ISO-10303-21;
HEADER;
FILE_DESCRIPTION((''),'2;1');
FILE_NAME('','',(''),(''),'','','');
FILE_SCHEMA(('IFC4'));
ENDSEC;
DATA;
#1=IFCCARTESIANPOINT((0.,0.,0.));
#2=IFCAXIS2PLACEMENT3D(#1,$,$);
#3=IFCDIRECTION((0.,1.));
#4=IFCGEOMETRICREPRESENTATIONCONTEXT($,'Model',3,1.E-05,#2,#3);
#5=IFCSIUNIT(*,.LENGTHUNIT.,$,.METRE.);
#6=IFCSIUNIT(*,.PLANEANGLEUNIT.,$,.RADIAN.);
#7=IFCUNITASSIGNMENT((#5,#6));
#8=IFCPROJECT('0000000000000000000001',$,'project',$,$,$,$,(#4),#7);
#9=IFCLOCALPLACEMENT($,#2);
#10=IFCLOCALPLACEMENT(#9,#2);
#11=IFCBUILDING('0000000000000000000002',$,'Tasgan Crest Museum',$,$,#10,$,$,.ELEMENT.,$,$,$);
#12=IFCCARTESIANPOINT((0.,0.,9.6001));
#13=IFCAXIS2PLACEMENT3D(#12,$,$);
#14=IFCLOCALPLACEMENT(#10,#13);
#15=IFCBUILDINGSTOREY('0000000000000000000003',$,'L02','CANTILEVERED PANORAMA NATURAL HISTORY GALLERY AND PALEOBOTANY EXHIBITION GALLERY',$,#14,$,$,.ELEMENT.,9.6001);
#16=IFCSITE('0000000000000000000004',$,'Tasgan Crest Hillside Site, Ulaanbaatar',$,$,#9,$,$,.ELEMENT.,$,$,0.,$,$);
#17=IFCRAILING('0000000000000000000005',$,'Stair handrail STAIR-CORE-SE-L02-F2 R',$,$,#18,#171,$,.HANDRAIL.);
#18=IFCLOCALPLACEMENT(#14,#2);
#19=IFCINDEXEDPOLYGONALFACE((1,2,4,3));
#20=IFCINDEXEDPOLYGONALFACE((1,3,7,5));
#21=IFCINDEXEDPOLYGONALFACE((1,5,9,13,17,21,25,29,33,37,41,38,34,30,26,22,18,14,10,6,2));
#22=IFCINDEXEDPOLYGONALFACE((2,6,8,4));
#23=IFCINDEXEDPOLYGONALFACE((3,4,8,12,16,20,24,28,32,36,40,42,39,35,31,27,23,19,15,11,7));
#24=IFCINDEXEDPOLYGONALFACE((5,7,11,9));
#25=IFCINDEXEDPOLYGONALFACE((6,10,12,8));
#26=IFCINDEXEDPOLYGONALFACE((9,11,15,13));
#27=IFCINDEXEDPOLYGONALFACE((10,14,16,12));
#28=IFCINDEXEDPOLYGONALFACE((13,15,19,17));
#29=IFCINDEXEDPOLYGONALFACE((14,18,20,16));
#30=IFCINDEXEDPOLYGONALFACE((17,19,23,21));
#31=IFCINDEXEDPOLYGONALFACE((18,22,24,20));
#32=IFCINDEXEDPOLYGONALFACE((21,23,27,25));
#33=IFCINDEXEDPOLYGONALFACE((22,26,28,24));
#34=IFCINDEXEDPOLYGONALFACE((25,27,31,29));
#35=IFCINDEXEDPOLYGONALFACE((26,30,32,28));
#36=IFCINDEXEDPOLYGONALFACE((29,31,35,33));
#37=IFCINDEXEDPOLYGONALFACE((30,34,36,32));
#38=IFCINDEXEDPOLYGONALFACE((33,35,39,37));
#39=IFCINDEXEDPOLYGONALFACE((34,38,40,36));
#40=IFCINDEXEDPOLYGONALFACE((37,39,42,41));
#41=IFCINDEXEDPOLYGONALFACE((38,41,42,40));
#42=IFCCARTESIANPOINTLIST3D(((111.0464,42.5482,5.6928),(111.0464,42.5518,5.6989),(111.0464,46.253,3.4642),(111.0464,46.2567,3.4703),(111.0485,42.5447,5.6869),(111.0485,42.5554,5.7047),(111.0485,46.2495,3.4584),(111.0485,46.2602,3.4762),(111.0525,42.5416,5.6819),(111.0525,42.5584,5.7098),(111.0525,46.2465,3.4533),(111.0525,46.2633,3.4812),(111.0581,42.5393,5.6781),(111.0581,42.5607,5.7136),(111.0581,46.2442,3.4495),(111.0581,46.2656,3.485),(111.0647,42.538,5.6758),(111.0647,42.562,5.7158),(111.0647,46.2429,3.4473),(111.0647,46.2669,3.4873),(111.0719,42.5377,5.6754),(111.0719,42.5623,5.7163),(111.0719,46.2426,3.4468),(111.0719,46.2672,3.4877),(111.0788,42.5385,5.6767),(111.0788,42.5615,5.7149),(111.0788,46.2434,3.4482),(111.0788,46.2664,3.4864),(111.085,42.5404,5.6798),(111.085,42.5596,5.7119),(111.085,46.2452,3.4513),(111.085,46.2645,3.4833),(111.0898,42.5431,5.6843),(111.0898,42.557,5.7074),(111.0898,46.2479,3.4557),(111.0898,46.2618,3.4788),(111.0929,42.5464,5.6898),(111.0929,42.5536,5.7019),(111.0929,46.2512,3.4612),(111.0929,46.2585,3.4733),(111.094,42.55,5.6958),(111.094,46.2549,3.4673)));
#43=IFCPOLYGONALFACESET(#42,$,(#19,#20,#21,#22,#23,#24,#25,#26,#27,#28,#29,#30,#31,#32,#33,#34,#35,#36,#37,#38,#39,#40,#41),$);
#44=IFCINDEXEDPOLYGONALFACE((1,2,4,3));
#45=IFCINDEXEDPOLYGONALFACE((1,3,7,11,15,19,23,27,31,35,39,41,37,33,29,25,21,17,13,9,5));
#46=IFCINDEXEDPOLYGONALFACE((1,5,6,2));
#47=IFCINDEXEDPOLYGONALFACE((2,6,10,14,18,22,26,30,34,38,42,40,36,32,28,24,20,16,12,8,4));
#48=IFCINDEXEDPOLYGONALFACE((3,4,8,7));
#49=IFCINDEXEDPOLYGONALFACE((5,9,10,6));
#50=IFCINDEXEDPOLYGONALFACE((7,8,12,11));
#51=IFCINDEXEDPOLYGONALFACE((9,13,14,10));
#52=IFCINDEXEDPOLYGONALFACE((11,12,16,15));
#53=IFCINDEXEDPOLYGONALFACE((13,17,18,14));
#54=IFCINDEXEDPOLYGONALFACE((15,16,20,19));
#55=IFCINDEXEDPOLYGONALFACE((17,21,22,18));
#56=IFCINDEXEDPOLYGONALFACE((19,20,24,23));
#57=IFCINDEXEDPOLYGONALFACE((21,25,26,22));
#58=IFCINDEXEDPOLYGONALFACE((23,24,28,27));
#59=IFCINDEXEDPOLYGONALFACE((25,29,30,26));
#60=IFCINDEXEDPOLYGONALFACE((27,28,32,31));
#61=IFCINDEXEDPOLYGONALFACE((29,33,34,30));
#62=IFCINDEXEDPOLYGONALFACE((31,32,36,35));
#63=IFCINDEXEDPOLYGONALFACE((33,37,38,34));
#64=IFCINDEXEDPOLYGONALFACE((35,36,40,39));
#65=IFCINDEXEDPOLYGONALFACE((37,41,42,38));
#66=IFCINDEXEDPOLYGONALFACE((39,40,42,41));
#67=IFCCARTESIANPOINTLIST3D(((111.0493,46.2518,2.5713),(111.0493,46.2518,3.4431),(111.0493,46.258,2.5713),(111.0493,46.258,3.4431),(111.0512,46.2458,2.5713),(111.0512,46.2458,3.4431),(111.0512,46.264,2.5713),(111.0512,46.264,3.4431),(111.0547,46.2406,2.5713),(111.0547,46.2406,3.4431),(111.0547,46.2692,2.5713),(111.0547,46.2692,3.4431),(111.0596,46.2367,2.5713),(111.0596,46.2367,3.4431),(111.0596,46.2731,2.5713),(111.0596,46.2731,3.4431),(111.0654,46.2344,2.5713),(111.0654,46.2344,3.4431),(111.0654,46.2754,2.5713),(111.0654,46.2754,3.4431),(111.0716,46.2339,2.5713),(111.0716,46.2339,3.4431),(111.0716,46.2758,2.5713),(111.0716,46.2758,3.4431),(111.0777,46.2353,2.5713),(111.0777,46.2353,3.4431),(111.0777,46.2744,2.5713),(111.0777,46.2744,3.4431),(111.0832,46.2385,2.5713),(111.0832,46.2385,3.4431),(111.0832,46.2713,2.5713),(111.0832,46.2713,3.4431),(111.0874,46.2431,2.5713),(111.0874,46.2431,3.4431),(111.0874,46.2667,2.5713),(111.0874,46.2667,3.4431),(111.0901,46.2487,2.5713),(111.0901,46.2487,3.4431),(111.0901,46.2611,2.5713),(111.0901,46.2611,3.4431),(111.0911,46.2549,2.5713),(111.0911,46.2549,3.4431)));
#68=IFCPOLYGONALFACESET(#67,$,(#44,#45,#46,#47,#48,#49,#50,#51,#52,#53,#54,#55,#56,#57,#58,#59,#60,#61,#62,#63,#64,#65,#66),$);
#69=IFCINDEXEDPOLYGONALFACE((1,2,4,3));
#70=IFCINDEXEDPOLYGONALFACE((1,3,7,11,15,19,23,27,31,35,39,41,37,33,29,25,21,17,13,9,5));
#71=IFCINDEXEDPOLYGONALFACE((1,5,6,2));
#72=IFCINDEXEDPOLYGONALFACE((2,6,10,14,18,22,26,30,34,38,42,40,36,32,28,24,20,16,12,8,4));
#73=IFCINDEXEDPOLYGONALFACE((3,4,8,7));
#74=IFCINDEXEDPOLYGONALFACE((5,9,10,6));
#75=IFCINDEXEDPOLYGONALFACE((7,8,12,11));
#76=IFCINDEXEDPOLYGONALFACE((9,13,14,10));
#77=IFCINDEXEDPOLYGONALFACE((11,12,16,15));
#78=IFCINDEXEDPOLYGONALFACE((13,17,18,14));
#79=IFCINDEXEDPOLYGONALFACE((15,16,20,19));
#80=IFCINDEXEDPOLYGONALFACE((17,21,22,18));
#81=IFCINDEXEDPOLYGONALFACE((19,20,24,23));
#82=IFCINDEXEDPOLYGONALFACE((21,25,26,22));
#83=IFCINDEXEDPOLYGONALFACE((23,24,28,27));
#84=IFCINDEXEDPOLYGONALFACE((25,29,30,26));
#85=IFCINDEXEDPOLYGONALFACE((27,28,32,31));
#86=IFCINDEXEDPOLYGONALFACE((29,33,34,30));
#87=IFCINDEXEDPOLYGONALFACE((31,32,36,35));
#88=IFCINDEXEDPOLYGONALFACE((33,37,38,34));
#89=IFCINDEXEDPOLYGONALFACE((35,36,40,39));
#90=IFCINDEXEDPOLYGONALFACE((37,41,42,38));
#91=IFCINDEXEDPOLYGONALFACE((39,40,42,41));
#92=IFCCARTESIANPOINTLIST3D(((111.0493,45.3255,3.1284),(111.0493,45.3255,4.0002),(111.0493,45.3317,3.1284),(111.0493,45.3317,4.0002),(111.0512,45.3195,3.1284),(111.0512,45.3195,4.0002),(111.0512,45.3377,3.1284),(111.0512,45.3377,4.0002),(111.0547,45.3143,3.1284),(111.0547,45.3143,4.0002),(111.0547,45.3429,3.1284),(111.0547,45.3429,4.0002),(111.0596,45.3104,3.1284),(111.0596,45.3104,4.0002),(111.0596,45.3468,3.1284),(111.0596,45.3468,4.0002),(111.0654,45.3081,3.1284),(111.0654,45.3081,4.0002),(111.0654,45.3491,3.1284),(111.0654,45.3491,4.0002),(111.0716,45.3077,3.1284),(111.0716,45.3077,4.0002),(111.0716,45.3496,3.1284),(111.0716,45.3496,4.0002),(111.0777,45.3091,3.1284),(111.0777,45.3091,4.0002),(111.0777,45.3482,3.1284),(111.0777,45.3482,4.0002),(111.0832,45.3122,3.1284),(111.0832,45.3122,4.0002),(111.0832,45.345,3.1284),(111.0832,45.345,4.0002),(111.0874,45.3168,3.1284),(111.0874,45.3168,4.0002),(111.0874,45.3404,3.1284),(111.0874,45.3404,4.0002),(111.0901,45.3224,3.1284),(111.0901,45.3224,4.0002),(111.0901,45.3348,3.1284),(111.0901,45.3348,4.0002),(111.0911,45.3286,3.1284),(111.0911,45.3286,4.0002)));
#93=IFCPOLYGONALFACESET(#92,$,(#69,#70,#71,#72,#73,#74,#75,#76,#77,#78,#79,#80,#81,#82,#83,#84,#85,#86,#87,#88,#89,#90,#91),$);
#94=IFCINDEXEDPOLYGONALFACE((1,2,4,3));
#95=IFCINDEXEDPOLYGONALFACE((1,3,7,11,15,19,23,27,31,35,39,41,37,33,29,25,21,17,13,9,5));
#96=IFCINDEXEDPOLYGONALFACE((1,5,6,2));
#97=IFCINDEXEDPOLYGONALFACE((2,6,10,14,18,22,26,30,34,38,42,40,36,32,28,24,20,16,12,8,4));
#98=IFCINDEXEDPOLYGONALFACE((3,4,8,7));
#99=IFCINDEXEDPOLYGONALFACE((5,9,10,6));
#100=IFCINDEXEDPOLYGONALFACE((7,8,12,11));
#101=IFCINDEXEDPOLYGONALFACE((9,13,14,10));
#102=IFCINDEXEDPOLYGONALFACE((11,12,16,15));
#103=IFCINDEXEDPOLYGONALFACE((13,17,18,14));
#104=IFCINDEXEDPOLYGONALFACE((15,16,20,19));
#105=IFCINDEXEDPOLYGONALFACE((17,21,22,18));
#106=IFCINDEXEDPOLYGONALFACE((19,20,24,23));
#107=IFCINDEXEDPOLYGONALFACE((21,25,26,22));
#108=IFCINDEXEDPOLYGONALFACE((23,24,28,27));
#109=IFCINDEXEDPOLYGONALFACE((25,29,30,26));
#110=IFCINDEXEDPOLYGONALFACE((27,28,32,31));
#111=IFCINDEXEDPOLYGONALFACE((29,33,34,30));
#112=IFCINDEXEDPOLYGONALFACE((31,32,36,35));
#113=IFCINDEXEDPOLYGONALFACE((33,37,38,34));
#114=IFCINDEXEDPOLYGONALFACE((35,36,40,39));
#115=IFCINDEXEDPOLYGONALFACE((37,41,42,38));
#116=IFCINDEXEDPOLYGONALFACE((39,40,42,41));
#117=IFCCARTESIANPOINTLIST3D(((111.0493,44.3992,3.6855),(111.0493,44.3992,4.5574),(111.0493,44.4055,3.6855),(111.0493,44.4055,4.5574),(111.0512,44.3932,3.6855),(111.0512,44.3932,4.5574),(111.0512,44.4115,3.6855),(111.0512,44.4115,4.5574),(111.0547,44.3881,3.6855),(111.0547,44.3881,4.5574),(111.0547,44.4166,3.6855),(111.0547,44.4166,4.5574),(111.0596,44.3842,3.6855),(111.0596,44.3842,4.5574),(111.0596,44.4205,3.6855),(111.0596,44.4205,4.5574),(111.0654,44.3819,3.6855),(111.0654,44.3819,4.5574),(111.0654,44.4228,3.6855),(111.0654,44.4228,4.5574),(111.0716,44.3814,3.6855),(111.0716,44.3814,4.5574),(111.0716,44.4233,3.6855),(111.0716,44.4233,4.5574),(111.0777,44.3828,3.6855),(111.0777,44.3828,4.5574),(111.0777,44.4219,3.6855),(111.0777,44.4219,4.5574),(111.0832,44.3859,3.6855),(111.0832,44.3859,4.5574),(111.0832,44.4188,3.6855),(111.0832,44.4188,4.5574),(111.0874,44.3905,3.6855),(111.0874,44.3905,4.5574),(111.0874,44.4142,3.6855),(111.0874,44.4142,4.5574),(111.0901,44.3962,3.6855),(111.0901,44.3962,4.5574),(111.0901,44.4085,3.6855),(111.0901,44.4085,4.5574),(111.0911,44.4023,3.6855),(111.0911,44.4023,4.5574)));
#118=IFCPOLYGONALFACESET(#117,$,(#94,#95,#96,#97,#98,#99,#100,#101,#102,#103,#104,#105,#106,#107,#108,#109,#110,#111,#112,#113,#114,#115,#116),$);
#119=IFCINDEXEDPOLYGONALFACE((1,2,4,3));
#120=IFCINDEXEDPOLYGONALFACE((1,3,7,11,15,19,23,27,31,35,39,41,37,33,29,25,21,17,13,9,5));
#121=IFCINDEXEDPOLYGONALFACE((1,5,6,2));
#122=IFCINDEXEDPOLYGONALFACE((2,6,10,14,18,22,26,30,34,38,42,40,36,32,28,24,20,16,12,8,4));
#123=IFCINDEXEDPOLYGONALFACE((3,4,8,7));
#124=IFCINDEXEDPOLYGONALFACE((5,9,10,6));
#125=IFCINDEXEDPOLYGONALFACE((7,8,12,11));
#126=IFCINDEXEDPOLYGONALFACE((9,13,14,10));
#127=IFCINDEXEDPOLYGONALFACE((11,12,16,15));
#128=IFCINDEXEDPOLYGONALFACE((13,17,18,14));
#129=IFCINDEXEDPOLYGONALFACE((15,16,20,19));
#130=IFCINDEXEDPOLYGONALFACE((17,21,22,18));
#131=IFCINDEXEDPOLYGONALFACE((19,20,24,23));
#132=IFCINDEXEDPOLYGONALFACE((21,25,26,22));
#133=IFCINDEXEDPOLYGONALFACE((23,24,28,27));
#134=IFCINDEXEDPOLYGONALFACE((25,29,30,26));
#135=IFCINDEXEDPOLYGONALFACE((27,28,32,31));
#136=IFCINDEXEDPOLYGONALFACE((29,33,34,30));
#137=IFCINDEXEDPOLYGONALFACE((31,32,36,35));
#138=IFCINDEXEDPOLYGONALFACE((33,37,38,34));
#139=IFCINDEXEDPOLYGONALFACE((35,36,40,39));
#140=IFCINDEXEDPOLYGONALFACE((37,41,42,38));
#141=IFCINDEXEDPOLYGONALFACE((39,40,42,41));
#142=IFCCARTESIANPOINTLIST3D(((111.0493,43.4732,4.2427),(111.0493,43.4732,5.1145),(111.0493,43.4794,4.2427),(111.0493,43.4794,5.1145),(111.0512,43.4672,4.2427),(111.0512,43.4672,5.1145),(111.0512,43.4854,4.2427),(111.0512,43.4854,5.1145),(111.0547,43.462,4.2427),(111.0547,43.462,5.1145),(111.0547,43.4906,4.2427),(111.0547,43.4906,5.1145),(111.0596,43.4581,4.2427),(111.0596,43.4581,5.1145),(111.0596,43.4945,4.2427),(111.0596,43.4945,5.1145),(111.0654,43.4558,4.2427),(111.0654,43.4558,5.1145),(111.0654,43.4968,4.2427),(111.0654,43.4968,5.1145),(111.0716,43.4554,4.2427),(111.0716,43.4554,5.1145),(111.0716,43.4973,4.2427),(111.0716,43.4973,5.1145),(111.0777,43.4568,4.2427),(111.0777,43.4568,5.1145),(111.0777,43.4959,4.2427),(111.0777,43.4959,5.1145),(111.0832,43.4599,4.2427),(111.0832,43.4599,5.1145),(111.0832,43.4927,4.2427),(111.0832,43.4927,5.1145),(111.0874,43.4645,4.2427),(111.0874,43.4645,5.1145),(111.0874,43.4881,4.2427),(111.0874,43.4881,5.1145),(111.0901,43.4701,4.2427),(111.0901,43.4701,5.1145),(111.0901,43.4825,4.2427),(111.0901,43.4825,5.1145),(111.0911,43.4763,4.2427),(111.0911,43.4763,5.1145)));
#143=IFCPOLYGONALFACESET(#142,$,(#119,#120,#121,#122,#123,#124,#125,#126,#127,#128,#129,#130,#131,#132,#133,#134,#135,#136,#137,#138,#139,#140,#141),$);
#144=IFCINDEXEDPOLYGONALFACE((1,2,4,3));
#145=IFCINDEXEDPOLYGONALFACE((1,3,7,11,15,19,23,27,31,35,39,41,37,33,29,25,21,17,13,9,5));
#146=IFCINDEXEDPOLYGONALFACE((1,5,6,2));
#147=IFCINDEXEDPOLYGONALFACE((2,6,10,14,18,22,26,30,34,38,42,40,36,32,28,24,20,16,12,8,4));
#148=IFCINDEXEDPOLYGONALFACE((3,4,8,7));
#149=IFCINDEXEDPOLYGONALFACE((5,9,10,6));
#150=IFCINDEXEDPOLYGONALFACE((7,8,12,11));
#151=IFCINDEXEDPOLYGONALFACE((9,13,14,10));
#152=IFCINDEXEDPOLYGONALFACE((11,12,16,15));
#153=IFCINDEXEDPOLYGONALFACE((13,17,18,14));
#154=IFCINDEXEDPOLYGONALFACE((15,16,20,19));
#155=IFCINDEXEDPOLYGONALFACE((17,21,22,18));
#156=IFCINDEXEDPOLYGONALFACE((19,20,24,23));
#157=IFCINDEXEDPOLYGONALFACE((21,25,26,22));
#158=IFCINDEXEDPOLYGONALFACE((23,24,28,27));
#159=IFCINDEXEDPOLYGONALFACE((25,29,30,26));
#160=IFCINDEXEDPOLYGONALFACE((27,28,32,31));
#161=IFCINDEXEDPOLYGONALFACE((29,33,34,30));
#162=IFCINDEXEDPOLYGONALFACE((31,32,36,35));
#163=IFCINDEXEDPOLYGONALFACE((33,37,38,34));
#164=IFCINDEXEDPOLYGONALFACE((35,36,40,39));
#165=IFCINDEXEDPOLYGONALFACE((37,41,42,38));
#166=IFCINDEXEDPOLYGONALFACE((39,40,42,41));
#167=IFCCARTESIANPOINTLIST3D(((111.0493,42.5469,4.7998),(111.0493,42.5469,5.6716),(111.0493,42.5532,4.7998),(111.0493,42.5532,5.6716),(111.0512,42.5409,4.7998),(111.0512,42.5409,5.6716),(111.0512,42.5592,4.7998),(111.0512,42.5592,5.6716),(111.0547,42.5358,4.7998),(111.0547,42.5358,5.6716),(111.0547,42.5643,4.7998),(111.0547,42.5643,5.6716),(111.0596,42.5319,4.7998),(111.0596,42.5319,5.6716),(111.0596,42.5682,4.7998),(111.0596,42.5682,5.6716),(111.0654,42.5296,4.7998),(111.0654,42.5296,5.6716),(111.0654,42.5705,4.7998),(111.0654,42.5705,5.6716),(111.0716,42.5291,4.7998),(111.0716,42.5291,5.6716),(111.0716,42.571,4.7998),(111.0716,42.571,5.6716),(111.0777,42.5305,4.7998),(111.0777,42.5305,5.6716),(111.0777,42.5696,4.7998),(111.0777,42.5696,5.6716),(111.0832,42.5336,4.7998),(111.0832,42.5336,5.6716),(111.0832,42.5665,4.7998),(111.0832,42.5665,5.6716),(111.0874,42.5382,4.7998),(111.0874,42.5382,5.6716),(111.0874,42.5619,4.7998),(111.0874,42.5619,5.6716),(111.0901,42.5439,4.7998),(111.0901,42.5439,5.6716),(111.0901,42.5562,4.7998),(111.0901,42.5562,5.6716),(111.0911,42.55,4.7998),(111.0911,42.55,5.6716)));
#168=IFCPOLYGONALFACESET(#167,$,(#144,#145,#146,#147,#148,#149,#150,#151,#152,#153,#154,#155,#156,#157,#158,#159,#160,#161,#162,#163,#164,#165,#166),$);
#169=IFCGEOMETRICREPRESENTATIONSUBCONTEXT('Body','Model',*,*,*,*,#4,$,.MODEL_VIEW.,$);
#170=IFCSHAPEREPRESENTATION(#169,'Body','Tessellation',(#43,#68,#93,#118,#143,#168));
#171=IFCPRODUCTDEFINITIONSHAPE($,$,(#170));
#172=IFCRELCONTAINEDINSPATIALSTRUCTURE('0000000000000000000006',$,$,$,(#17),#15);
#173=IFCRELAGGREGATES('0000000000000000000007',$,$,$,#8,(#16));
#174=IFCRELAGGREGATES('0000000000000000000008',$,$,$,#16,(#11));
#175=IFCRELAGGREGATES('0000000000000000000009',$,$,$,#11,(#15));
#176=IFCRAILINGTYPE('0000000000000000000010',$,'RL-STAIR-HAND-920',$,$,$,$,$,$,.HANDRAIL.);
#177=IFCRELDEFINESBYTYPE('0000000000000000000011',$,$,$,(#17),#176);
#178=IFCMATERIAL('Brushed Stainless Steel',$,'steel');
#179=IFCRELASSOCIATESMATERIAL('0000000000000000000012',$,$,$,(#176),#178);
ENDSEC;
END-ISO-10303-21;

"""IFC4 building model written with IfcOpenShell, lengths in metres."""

from ifc_helpers import new_model, si_unit, direction, frame, origin, origin_2d, place, context, subcontext, project, spatial, circle, extrude, material, type_object, element, save


model = new_model("IFC4")

# Units and contexts
model_context = context("Model", 3, precision=1e-05, world=origin(), true_north=direction((0.0, 1.0)))
body_context = subcontext(model_context, "Body", "Model", "MODEL_VIEW")
ifc_project = project(units=[si_unit("LENGTHUNIT", "METRE"), si_unit("PLANEANGLEUNIT", "RADIAN")], contexts=[model_context])

# Site, building, storey
site_placement = place(None, origin())
site = spatial("IfcSite", under=ifc_project, at=site_placement, Name="Tasgan Crest Hillside Site, Ulaanbaatar", CompositionType="ELEMENT", RefElevation=0.0)
building_placement = place(site_placement, origin())
building = spatial("IfcBuilding", under=site, at=building_placement, Name="Tasgan Crest Museum", CompositionType="ELEMENT")
storey_placement = place(building_placement, frame((0.0, 0.0, 9.6001)))
storey = spatial("IfcBuildingStorey", under=building, at=storey_placement, Name="L02", Description="CANTILEVERED PANORAMA NATURAL HISTORY GALLERY AND PALEOBOTANY EXHIBITION GALLERY", CompositionType="ELEMENT", Elevation=9.6001)

# Railing
ifc_material_1 = material(Name="Brushed Stainless Steel", Category="steel")
railing_type_1 = type_object("IfcRailingType", Name="RL-STAIR-HAND-920", PredefinedType="HANDRAIL", material=ifc_material_1)
for number, where, name in (
    (1, (111.0701, 46.2549, 2.5713), "Stair handrail STAIR-CORE-SE-L02-F2 R"),
):
    element("IfcRailing", number, at=place(storey_placement, frame(where)), inside=storey, type_object=railing_type_1, Name=name, PredefinedType="HANDRAIL", context=body_context, shape_type="SweptSolid", body=[
        extrude(circle(Radius=0.0239, at=origin_2d()), frame((0.0, 0.0, 0.896), z_axis=(0.0, -0.856919, 0.51545), x_axis=(1.0, 0.0, 0.0)), (0.0, 0.0, 1.0), 4.3235),
        extrude(circle(Radius=0.021, at=origin_2d()), origin(), (0.0, 0.0, 1.0), 0.8718),
        extrude(circle(Radius=0.021, at=origin_2d()), frame((0.0, -0.9263, 0.5571)), (0.0, 0.0, 1.0), 0.8718),
        extrude(circle(Radius=0.021, at=origin_2d()), frame((0.0, -1.8525, 1.1143)), (0.0, 0.0, 1.0), 0.8718),
        extrude(circle(Radius=0.021, at=origin_2d()), frame((0.0, -2.7786, 1.6714)), (0.0, 0.0, 1.0), 0.8718),
        extrude(circle(Radius=0.021, at=origin_2d()), frame((0.0, -3.7048, 2.2285)), (0.0, 0.0, 1.0), 0.8718),
    ])

save(model, "model.ifc")
